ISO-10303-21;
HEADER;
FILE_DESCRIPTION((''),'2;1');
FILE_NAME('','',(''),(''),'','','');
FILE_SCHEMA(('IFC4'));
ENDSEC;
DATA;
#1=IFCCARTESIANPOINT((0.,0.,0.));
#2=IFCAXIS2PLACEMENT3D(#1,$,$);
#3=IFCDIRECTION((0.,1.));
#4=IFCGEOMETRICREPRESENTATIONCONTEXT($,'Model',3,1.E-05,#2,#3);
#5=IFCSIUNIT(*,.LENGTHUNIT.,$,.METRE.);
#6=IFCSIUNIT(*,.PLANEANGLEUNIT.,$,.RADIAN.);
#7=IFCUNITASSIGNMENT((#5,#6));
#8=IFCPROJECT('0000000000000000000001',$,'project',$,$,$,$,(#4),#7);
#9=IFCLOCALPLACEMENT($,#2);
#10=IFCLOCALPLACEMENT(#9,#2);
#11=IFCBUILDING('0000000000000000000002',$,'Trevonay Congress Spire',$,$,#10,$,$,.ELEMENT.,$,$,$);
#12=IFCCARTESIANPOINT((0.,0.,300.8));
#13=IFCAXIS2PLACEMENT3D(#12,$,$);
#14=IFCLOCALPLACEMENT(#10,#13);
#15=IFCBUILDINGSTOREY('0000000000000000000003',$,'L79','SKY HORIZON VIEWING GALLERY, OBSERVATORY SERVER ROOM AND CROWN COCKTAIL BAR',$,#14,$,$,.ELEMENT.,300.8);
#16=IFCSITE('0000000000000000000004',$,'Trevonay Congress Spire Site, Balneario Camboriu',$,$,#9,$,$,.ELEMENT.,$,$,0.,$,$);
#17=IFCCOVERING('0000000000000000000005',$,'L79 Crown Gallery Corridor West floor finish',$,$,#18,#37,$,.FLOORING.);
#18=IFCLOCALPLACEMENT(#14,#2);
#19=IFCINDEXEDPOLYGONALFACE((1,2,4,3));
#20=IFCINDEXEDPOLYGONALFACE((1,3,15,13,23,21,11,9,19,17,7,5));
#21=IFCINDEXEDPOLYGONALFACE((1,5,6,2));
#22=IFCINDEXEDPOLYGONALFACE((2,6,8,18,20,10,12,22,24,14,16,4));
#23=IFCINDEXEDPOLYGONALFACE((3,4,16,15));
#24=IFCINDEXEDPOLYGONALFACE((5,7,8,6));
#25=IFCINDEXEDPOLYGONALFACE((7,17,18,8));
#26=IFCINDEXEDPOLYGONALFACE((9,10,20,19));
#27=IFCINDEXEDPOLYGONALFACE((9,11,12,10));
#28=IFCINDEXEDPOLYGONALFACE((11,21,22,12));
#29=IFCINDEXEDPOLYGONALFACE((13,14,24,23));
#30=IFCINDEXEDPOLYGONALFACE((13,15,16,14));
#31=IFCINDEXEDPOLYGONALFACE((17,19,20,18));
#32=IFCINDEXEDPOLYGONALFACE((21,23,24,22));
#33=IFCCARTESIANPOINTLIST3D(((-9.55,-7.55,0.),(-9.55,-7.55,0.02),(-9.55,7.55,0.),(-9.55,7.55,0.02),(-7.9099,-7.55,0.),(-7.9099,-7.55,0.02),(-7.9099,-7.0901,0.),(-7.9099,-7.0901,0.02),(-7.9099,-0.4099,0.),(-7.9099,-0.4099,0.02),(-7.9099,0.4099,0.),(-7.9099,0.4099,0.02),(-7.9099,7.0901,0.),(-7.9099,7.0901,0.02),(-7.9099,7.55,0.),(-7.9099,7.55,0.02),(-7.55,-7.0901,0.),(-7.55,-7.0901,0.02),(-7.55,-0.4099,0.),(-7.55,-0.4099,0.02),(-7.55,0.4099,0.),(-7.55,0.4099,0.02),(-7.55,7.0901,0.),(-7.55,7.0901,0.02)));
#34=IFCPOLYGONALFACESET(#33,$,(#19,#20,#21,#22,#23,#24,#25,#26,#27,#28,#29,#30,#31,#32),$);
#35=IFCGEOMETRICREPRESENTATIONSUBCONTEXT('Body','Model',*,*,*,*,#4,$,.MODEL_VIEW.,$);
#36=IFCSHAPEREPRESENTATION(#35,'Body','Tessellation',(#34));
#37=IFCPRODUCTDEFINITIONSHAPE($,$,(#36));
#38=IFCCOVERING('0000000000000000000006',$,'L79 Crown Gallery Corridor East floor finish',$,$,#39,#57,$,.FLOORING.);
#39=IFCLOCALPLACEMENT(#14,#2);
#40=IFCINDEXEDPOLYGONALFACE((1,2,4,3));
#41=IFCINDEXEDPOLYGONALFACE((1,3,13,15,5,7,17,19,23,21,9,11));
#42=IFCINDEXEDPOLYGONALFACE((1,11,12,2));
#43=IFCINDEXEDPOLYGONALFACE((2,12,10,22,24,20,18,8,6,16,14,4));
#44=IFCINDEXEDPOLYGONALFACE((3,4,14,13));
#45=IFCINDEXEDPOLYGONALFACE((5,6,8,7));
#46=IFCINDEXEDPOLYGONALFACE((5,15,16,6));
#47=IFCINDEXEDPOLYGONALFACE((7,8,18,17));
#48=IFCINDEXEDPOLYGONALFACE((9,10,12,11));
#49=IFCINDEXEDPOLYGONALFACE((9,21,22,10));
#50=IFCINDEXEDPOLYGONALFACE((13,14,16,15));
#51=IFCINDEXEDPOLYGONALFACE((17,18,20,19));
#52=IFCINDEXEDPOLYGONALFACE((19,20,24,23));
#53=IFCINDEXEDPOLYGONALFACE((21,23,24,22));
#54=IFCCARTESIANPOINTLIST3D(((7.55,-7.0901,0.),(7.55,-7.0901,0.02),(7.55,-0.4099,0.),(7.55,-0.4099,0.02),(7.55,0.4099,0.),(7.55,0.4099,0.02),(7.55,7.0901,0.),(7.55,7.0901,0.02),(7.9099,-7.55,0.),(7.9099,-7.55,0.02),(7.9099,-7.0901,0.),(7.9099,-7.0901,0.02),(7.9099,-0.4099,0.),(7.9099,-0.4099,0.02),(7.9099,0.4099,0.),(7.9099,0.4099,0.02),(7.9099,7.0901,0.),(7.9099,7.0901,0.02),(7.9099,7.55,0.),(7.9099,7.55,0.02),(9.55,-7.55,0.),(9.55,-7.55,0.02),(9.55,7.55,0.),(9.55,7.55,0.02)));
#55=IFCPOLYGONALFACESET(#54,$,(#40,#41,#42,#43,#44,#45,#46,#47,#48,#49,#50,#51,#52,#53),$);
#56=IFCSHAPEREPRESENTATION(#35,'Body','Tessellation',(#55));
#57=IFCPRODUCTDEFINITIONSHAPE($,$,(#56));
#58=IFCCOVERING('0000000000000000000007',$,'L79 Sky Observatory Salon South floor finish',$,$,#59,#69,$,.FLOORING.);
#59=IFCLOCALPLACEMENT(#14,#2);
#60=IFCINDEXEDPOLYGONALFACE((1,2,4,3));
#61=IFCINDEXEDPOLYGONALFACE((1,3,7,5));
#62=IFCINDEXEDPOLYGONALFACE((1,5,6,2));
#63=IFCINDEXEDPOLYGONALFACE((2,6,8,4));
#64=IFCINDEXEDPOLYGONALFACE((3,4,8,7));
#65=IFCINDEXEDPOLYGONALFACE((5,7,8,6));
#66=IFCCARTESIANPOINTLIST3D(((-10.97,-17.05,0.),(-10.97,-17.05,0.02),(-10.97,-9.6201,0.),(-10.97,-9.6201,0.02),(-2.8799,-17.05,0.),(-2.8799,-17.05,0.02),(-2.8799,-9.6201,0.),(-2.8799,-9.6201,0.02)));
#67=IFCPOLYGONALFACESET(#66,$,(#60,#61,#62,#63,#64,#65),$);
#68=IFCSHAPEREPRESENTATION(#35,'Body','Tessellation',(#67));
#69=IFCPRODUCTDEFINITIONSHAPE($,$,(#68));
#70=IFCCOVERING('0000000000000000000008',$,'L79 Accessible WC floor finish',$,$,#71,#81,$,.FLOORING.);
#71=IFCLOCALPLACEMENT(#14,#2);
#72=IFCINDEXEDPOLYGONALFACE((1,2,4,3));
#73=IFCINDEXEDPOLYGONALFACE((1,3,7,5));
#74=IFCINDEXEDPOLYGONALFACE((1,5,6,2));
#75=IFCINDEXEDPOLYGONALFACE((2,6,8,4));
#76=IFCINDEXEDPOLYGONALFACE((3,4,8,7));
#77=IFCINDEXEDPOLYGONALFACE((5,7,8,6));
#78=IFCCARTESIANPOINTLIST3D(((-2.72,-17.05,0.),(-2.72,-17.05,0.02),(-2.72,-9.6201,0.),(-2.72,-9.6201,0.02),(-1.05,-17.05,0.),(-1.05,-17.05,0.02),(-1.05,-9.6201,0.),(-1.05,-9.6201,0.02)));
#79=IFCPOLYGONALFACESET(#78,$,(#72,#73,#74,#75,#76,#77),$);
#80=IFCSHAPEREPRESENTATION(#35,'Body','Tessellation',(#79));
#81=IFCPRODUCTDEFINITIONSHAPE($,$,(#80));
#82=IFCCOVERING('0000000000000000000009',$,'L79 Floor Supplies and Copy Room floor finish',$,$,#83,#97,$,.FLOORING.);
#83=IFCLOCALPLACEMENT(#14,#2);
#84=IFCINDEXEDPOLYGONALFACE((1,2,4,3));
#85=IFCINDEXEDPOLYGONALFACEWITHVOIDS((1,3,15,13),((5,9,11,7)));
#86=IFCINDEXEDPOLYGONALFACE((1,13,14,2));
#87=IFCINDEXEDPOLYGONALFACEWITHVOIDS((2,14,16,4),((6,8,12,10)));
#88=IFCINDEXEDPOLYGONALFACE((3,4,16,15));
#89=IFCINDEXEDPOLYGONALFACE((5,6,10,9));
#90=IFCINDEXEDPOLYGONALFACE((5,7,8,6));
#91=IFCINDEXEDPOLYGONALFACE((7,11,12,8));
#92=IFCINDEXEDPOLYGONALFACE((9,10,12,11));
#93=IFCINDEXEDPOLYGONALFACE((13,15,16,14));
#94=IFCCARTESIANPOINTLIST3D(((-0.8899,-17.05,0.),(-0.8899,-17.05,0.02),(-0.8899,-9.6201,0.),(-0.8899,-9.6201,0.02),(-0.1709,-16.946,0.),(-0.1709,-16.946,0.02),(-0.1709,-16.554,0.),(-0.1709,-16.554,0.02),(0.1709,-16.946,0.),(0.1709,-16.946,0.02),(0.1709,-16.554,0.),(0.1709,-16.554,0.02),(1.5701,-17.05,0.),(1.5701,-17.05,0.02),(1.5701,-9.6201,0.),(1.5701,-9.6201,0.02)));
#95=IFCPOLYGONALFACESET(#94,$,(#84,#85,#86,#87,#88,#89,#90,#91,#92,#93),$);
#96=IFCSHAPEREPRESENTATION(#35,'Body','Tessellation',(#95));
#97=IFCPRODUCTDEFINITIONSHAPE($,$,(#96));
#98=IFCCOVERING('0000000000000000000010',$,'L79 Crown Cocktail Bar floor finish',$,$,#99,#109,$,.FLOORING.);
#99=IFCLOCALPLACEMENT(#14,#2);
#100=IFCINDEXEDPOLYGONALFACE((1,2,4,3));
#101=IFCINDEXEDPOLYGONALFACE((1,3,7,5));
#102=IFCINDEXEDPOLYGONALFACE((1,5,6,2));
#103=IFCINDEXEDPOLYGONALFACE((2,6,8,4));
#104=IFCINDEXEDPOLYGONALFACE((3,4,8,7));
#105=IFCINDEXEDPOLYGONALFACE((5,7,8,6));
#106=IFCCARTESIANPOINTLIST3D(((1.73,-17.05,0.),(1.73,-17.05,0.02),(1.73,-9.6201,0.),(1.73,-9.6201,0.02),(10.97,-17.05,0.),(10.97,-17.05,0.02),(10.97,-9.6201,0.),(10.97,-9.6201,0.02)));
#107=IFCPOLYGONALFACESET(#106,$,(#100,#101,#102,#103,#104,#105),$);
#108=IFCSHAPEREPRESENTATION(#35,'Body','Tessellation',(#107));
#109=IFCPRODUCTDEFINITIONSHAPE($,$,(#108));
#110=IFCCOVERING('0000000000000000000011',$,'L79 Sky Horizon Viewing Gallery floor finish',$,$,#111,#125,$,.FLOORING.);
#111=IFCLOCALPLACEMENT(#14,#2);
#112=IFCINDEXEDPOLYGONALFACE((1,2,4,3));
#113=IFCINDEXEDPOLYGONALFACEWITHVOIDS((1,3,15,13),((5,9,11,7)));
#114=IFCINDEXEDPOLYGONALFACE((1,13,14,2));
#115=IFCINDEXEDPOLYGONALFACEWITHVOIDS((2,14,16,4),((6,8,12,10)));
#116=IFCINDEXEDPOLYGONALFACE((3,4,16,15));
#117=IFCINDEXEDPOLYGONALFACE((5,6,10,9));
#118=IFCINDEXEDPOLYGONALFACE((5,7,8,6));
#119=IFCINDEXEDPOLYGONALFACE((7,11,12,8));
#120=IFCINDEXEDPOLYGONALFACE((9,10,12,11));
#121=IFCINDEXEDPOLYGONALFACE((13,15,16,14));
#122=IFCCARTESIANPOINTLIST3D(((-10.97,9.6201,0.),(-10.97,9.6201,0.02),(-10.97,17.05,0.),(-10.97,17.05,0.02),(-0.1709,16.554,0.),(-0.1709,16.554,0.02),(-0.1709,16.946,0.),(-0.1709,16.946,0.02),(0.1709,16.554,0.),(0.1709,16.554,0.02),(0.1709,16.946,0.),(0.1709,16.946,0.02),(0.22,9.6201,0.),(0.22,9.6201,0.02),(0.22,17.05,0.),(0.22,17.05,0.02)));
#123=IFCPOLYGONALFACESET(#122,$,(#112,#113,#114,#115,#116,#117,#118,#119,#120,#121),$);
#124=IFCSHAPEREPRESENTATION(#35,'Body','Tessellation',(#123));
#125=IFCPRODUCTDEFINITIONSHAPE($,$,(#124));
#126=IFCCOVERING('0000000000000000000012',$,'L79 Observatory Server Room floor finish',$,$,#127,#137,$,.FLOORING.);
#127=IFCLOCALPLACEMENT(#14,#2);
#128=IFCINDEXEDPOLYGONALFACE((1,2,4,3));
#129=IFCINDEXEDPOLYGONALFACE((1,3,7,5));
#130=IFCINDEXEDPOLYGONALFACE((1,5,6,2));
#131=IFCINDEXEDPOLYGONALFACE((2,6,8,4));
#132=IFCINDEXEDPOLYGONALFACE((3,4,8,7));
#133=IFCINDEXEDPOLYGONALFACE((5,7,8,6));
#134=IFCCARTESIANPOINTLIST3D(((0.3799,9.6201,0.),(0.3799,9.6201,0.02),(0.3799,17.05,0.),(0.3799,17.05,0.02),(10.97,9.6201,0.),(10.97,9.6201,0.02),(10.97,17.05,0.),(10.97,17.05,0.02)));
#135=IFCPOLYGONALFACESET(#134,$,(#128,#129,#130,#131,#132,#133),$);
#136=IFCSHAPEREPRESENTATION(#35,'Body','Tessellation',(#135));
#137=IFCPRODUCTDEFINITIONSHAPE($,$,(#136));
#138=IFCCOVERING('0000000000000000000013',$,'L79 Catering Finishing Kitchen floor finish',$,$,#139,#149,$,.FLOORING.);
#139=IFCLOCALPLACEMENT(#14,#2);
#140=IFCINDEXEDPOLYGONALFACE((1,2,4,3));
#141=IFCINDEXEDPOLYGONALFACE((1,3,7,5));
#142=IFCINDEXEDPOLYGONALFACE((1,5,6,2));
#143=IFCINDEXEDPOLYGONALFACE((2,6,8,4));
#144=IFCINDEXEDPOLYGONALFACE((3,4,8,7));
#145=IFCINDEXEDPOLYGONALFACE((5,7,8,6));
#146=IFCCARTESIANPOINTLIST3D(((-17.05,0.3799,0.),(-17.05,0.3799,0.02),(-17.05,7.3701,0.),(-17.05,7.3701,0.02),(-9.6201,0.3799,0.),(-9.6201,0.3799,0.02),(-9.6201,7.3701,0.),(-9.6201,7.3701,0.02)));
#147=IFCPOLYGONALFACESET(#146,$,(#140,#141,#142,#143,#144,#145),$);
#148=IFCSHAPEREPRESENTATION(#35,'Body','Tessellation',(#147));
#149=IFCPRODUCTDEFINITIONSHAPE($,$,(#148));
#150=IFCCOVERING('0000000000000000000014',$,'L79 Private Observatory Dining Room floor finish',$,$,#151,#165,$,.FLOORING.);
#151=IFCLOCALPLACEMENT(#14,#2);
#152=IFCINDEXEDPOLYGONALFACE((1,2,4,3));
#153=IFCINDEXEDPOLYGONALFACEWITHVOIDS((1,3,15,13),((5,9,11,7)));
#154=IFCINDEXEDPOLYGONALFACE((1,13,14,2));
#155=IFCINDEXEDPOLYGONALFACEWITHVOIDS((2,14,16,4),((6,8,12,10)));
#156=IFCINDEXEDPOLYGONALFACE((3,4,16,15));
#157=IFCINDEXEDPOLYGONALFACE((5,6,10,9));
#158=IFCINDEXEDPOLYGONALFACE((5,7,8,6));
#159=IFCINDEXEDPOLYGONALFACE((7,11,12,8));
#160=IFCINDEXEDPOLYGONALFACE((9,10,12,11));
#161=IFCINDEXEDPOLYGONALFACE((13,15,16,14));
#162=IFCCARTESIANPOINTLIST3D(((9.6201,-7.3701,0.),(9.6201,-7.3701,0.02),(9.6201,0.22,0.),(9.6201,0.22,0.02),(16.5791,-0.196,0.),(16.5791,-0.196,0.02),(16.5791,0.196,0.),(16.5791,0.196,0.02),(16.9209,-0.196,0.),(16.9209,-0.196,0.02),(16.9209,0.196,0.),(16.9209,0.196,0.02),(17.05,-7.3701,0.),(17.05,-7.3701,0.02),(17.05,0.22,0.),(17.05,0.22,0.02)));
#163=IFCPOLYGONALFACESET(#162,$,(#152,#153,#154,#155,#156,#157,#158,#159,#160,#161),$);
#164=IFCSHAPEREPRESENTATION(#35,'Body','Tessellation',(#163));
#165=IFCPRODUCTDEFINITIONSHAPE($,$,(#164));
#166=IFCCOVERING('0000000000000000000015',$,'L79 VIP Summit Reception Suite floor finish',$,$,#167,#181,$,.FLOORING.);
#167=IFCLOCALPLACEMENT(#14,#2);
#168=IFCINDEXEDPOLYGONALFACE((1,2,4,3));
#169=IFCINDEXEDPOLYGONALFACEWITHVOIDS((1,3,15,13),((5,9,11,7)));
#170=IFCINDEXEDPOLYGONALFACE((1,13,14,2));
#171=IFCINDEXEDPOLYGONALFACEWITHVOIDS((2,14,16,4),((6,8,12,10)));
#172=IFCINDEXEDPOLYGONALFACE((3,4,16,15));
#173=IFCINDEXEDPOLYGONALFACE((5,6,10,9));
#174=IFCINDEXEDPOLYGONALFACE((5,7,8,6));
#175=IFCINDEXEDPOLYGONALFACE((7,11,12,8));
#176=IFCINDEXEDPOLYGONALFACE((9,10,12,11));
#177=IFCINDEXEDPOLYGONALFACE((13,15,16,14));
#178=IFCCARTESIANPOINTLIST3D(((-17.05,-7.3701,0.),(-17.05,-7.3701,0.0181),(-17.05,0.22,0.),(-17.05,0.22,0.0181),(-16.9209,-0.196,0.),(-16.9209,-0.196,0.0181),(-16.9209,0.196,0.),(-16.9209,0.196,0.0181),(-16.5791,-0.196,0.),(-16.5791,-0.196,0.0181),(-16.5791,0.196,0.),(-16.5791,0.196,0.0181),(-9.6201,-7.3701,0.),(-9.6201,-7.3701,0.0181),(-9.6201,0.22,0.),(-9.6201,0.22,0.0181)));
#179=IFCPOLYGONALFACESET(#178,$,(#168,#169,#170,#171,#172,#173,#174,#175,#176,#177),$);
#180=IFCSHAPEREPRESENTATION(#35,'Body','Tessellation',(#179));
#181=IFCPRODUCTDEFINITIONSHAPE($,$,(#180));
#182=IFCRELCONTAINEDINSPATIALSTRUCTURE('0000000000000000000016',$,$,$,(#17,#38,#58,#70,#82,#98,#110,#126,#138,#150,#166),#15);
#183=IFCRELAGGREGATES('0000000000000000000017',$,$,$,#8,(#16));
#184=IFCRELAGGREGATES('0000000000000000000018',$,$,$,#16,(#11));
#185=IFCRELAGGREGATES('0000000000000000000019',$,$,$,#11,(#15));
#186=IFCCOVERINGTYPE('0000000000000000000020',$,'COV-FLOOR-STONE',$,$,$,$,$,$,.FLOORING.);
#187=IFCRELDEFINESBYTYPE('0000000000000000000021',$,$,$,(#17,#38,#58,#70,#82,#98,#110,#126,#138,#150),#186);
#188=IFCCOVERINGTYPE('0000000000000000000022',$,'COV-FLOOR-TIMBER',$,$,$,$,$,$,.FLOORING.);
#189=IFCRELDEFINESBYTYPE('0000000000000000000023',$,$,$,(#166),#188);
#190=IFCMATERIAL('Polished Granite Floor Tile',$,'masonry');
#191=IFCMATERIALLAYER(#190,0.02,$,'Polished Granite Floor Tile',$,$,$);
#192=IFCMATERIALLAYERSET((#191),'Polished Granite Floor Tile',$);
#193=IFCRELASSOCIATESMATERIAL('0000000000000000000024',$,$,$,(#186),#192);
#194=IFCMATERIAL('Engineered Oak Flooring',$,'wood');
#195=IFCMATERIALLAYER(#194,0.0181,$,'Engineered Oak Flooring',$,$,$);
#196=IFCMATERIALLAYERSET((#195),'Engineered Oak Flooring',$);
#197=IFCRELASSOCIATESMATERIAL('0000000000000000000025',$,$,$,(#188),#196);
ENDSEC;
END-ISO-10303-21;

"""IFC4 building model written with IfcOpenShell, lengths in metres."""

from ifc_helpers import new_model, si_unit, direction, frame, origin, place, context, subcontext, project, spatial, polyline, outline, extrude, material, layer, layer_set, type_object, element, save


model = new_model("IFC4")

# Units and contexts
model_context = context("Model", 3, precision=1e-05, world=origin(), true_north=direction((0.0, 1.0)))
body_context = subcontext(model_context, "Body", "Model", "MODEL_VIEW")
ifc_project = project(units=[si_unit("LENGTHUNIT", "METRE"), si_unit("PLANEANGLEUNIT", "RADIAN")], contexts=[model_context])

# Site, building, storey
site_placement = place(None, origin())
site = spatial("IfcSite", under=ifc_project, at=site_placement, Name="Trevonay Congress Spire Site, Balneario Camboriu", CompositionType="ELEMENT", RefElevation=0.0)
building_placement = place(site_placement, origin())
building = spatial("IfcBuilding", under=site, at=building_placement, Name="Trevonay Congress Spire", CompositionType="ELEMENT")
storey_placement = place(building_placement, frame((0.0, 0.0, 300.8)))
storey = spatial("IfcBuildingStorey", under=building, at=storey_placement, Name="L79", Description="SKY HORIZON VIEWING GALLERY, OBSERVATORY SERVER ROOM AND CROWN COCKTAIL BAR", CompositionType="ELEMENT", Elevation=300.8)

# Coverings
ifc_material_1 = material(Name="Polished Granite Floor Tile", Category="masonry")
ifc_layer_1 = layer(ifc_material_1, 0.02, Name="Polished Granite Floor Tile")
ifc_layer_set_1 = layer_set([ifc_layer_1], Name="Polished Granite Floor Tile")
covering_type_1 = type_object("IfcCoveringType", Name="COV-FLOOR-STONE", PredefinedType="FLOORING", material=ifc_layer_set_1)
covering_1_placement = place(storey_placement, origin())
element("IfcCovering", 1, at=covering_1_placement, inside=storey, type_object=covering_type_1, Name="L79 Crown Gallery Corridor West floor finish", PredefinedType="FLOORING", context=body_context, shape_type="SweptSolid", body=[
    extrude(outline(polyline([(-9.55, 7.55), (-7.9099, 7.55), (-7.9099, 7.0901), (-7.55, 7.0901), (-7.55, 0.4099), (-7.9099, 0.4099), (-7.9099, -0.4099), (-7.55, -0.4099), (-7.55, -7.0901), (-7.9099, -7.0901), (-7.9099, -7.55), (-9.55, -7.55), (-9.55, 7.55)])), origin(), (0.0, 0.0, 1.0), 0.02),
])
covering_2_placement = place(storey_placement, origin())
element("IfcCovering", 2, at=covering_2_placement, inside=storey, type_object=covering_type_1, Name="L79 Crown Gallery Corridor East floor finish", PredefinedType="FLOORING", context=body_context, shape_type="SweptSolid", body=[
    extrude(outline(polyline([(9.55, -7.55), (7.9099, -7.55), (7.9099, -7.0901), (7.55, -7.0901), (7.55, -0.4099), (7.9099, -0.4099), (7.9099, 0.4099), (7.55, 0.4099), (7.55, 7.0901), (7.9099, 7.0901), (7.9099, 7.55), (9.55, 7.55), (9.55, -7.55)])), origin(), (0.0, 0.0, 1.0), 0.02),
])
covering_3_placement = place(storey_placement, origin())
element("IfcCovering", 3, at=covering_3_placement, inside=storey, type_object=covering_type_1, Name="L79 Sky Observatory Salon South floor finish", PredefinedType="FLOORING", context=body_context, shape_type="SweptSolid", body=[
    extrude(outline(polyline([(-10.97, -17.05), (-2.8799, -17.05), (-2.8799, -9.6201), (-10.97, -9.6201), (-10.97, -17.05)])), origin(), (0.0, 0.0, 1.0), 0.02),
])
covering_4_placement = place(storey_placement, origin())
element("IfcCovering", 4, at=covering_4_placement, inside=storey, type_object=covering_type_1, Name="L79 Accessible WC floor finish", PredefinedType="FLOORING", context=body_context, shape_type="SweptSolid", body=[
    extrude(outline(polyline([(-2.72, -17.05), (-1.05, -17.05), (-1.05, -9.6201), (-2.72, -9.6201), (-2.72, -17.05)])), origin(), (0.0, 0.0, 1.0), 0.02),
])
covering_5_placement = place(storey_placement, origin())
element("IfcCovering", 5, at=covering_5_placement, inside=storey, type_object=covering_type_1, Name="L79 Floor Supplies and Copy Room floor finish", PredefinedType="FLOORING", context=body_context, shape_type="SweptSolid", body=[
    extrude(outline(polyline([(-0.8899, -9.6201), (1.5701, -9.6201), (1.5701, -17.05), (-0.8899, -17.05), (-0.8899, -9.6201)]), holes=[polyline([(0.1709, -16.946), (0.1709, -16.554), (-0.1709, -16.554), (-0.1709, -16.946), (0.1709, -16.946)])]), origin(), (0.0, 0.0, 1.0), 0.02),
])
covering_6_placement = place(storey_placement, origin())
element("IfcCovering", 6, at=covering_6_placement, inside=storey, type_object=covering_type_1, Name="L79 Crown Cocktail Bar floor finish", PredefinedType="FLOORING", context=body_context, shape_type="SweptSolid", body=[
    extrude(outline(polyline([(1.73, -17.05), (10.97, -17.05), (10.97, -9.6201), (1.73, -9.6201), (1.73, -17.05)])), origin(), (0.0, 0.0, 1.0), 0.02),
])
covering_7_placement = place(storey_placement, origin())
element("IfcCovering", 7, at=covering_7_placement, inside=storey, type_object=covering_type_1, Name="L79 Sky Horizon Viewing Gallery floor finish", PredefinedType="FLOORING", context=body_context, shape_type="SweptSolid", body=[
    extrude(outline(polyline([(-10.97, 17.05), (0.22, 17.05), (0.22, 9.6201), (-10.97, 9.6201), (-10.97, 17.05)]), holes=[polyline([(0.1709, 16.554), (0.1709, 16.946), (-0.1709, 16.946), (-0.1709, 16.554), (0.1709, 16.554)])]), origin(), (0.0, 0.0, 1.0), 0.02),
])
covering_8_placement = place(storey_placement, origin())
element("IfcCovering", 8, at=covering_8_placement, inside=storey, type_object=covering_type_1, Name="L79 Observatory Server Room floor finish", PredefinedType="FLOORING", context=body_context, shape_type="SweptSolid", body=[
    extrude(outline(polyline([(0.3799, 9.6201), (10.97, 9.6201), (10.97, 17.05), (0.3799, 17.05), (0.3799, 9.6201)])), origin(), (0.0, 0.0, 1.0), 0.02),
])
covering_9_placement = place(storey_placement, origin())
element("IfcCovering", 9, at=covering_9_placement, inside=storey, type_object=covering_type_1, Name="L79 Catering Finishing Kitchen floor finish", PredefinedType="FLOORING", context=body_context, shape_type="SweptSolid", body=[
    extrude(outline(polyline([(-17.05, 0.3799), (-9.6201, 0.3799), (-9.6201, 7.3701), (-17.05, 7.3701), (-17.05, 0.3799)])), origin(), (0.0, 0.0, 1.0), 0.02),
])
covering_10_placement = place(storey_placement, origin())
element("IfcCovering", 10, at=covering_10_placement, inside=storey, type_object=covering_type_1, Name="L79 Private Observatory Dining Room floor finish", PredefinedType="FLOORING", context=body_context, shape_type="SweptSolid", body=[
    extrude(outline(polyline([(9.6201, 0.22), (17.05, 0.22), (17.05, -7.3701), (9.6201, -7.3701), (9.6201, 0.22)]), holes=[polyline([(16.9209, -0.196), (16.9209, 0.196), (16.5791, 0.196), (16.5791, -0.196), (16.9209, -0.196)])]), origin(), (0.0, 0.0, 1.0), 0.02),
])
ifc_material_2 = material(Name="Engineered Oak Flooring", Category="wood")
ifc_layer_2 = layer(ifc_material_2, 0.0181, Name="Engineered Oak Flooring")
ifc_layer_set_2 = layer_set([ifc_layer_2], Name="Engineered Oak Flooring")
covering_type_2 = type_object("IfcCoveringType", Name="COV-FLOOR-TIMBER", PredefinedType="FLOORING", material=ifc_layer_set_2)
covering_11_placement = place(storey_placement, origin())
element("IfcCovering", 11, at=covering_11_placement, inside=storey, type_object=covering_type_2, Name="L79 VIP Summit Reception Suite floor finish", PredefinedType="FLOORING", context=body_context, shape_type="SweptSolid", body=[
    extrude(outline(polyline([(-17.05, 0.22), (-9.6201, 0.22), (-9.6201, -7.3701), (-17.05, -7.3701), (-17.05, 0.22)]), holes=[polyline([(-16.5791, -0.196), (-16.5791, 0.196), (-16.9209, 0.196), (-16.9209, -0.196), (-16.5791, -0.196)])]), origin(), (0.0, 0.0, 1.0), 0.0181),
])

save(model, "model.ifc")
